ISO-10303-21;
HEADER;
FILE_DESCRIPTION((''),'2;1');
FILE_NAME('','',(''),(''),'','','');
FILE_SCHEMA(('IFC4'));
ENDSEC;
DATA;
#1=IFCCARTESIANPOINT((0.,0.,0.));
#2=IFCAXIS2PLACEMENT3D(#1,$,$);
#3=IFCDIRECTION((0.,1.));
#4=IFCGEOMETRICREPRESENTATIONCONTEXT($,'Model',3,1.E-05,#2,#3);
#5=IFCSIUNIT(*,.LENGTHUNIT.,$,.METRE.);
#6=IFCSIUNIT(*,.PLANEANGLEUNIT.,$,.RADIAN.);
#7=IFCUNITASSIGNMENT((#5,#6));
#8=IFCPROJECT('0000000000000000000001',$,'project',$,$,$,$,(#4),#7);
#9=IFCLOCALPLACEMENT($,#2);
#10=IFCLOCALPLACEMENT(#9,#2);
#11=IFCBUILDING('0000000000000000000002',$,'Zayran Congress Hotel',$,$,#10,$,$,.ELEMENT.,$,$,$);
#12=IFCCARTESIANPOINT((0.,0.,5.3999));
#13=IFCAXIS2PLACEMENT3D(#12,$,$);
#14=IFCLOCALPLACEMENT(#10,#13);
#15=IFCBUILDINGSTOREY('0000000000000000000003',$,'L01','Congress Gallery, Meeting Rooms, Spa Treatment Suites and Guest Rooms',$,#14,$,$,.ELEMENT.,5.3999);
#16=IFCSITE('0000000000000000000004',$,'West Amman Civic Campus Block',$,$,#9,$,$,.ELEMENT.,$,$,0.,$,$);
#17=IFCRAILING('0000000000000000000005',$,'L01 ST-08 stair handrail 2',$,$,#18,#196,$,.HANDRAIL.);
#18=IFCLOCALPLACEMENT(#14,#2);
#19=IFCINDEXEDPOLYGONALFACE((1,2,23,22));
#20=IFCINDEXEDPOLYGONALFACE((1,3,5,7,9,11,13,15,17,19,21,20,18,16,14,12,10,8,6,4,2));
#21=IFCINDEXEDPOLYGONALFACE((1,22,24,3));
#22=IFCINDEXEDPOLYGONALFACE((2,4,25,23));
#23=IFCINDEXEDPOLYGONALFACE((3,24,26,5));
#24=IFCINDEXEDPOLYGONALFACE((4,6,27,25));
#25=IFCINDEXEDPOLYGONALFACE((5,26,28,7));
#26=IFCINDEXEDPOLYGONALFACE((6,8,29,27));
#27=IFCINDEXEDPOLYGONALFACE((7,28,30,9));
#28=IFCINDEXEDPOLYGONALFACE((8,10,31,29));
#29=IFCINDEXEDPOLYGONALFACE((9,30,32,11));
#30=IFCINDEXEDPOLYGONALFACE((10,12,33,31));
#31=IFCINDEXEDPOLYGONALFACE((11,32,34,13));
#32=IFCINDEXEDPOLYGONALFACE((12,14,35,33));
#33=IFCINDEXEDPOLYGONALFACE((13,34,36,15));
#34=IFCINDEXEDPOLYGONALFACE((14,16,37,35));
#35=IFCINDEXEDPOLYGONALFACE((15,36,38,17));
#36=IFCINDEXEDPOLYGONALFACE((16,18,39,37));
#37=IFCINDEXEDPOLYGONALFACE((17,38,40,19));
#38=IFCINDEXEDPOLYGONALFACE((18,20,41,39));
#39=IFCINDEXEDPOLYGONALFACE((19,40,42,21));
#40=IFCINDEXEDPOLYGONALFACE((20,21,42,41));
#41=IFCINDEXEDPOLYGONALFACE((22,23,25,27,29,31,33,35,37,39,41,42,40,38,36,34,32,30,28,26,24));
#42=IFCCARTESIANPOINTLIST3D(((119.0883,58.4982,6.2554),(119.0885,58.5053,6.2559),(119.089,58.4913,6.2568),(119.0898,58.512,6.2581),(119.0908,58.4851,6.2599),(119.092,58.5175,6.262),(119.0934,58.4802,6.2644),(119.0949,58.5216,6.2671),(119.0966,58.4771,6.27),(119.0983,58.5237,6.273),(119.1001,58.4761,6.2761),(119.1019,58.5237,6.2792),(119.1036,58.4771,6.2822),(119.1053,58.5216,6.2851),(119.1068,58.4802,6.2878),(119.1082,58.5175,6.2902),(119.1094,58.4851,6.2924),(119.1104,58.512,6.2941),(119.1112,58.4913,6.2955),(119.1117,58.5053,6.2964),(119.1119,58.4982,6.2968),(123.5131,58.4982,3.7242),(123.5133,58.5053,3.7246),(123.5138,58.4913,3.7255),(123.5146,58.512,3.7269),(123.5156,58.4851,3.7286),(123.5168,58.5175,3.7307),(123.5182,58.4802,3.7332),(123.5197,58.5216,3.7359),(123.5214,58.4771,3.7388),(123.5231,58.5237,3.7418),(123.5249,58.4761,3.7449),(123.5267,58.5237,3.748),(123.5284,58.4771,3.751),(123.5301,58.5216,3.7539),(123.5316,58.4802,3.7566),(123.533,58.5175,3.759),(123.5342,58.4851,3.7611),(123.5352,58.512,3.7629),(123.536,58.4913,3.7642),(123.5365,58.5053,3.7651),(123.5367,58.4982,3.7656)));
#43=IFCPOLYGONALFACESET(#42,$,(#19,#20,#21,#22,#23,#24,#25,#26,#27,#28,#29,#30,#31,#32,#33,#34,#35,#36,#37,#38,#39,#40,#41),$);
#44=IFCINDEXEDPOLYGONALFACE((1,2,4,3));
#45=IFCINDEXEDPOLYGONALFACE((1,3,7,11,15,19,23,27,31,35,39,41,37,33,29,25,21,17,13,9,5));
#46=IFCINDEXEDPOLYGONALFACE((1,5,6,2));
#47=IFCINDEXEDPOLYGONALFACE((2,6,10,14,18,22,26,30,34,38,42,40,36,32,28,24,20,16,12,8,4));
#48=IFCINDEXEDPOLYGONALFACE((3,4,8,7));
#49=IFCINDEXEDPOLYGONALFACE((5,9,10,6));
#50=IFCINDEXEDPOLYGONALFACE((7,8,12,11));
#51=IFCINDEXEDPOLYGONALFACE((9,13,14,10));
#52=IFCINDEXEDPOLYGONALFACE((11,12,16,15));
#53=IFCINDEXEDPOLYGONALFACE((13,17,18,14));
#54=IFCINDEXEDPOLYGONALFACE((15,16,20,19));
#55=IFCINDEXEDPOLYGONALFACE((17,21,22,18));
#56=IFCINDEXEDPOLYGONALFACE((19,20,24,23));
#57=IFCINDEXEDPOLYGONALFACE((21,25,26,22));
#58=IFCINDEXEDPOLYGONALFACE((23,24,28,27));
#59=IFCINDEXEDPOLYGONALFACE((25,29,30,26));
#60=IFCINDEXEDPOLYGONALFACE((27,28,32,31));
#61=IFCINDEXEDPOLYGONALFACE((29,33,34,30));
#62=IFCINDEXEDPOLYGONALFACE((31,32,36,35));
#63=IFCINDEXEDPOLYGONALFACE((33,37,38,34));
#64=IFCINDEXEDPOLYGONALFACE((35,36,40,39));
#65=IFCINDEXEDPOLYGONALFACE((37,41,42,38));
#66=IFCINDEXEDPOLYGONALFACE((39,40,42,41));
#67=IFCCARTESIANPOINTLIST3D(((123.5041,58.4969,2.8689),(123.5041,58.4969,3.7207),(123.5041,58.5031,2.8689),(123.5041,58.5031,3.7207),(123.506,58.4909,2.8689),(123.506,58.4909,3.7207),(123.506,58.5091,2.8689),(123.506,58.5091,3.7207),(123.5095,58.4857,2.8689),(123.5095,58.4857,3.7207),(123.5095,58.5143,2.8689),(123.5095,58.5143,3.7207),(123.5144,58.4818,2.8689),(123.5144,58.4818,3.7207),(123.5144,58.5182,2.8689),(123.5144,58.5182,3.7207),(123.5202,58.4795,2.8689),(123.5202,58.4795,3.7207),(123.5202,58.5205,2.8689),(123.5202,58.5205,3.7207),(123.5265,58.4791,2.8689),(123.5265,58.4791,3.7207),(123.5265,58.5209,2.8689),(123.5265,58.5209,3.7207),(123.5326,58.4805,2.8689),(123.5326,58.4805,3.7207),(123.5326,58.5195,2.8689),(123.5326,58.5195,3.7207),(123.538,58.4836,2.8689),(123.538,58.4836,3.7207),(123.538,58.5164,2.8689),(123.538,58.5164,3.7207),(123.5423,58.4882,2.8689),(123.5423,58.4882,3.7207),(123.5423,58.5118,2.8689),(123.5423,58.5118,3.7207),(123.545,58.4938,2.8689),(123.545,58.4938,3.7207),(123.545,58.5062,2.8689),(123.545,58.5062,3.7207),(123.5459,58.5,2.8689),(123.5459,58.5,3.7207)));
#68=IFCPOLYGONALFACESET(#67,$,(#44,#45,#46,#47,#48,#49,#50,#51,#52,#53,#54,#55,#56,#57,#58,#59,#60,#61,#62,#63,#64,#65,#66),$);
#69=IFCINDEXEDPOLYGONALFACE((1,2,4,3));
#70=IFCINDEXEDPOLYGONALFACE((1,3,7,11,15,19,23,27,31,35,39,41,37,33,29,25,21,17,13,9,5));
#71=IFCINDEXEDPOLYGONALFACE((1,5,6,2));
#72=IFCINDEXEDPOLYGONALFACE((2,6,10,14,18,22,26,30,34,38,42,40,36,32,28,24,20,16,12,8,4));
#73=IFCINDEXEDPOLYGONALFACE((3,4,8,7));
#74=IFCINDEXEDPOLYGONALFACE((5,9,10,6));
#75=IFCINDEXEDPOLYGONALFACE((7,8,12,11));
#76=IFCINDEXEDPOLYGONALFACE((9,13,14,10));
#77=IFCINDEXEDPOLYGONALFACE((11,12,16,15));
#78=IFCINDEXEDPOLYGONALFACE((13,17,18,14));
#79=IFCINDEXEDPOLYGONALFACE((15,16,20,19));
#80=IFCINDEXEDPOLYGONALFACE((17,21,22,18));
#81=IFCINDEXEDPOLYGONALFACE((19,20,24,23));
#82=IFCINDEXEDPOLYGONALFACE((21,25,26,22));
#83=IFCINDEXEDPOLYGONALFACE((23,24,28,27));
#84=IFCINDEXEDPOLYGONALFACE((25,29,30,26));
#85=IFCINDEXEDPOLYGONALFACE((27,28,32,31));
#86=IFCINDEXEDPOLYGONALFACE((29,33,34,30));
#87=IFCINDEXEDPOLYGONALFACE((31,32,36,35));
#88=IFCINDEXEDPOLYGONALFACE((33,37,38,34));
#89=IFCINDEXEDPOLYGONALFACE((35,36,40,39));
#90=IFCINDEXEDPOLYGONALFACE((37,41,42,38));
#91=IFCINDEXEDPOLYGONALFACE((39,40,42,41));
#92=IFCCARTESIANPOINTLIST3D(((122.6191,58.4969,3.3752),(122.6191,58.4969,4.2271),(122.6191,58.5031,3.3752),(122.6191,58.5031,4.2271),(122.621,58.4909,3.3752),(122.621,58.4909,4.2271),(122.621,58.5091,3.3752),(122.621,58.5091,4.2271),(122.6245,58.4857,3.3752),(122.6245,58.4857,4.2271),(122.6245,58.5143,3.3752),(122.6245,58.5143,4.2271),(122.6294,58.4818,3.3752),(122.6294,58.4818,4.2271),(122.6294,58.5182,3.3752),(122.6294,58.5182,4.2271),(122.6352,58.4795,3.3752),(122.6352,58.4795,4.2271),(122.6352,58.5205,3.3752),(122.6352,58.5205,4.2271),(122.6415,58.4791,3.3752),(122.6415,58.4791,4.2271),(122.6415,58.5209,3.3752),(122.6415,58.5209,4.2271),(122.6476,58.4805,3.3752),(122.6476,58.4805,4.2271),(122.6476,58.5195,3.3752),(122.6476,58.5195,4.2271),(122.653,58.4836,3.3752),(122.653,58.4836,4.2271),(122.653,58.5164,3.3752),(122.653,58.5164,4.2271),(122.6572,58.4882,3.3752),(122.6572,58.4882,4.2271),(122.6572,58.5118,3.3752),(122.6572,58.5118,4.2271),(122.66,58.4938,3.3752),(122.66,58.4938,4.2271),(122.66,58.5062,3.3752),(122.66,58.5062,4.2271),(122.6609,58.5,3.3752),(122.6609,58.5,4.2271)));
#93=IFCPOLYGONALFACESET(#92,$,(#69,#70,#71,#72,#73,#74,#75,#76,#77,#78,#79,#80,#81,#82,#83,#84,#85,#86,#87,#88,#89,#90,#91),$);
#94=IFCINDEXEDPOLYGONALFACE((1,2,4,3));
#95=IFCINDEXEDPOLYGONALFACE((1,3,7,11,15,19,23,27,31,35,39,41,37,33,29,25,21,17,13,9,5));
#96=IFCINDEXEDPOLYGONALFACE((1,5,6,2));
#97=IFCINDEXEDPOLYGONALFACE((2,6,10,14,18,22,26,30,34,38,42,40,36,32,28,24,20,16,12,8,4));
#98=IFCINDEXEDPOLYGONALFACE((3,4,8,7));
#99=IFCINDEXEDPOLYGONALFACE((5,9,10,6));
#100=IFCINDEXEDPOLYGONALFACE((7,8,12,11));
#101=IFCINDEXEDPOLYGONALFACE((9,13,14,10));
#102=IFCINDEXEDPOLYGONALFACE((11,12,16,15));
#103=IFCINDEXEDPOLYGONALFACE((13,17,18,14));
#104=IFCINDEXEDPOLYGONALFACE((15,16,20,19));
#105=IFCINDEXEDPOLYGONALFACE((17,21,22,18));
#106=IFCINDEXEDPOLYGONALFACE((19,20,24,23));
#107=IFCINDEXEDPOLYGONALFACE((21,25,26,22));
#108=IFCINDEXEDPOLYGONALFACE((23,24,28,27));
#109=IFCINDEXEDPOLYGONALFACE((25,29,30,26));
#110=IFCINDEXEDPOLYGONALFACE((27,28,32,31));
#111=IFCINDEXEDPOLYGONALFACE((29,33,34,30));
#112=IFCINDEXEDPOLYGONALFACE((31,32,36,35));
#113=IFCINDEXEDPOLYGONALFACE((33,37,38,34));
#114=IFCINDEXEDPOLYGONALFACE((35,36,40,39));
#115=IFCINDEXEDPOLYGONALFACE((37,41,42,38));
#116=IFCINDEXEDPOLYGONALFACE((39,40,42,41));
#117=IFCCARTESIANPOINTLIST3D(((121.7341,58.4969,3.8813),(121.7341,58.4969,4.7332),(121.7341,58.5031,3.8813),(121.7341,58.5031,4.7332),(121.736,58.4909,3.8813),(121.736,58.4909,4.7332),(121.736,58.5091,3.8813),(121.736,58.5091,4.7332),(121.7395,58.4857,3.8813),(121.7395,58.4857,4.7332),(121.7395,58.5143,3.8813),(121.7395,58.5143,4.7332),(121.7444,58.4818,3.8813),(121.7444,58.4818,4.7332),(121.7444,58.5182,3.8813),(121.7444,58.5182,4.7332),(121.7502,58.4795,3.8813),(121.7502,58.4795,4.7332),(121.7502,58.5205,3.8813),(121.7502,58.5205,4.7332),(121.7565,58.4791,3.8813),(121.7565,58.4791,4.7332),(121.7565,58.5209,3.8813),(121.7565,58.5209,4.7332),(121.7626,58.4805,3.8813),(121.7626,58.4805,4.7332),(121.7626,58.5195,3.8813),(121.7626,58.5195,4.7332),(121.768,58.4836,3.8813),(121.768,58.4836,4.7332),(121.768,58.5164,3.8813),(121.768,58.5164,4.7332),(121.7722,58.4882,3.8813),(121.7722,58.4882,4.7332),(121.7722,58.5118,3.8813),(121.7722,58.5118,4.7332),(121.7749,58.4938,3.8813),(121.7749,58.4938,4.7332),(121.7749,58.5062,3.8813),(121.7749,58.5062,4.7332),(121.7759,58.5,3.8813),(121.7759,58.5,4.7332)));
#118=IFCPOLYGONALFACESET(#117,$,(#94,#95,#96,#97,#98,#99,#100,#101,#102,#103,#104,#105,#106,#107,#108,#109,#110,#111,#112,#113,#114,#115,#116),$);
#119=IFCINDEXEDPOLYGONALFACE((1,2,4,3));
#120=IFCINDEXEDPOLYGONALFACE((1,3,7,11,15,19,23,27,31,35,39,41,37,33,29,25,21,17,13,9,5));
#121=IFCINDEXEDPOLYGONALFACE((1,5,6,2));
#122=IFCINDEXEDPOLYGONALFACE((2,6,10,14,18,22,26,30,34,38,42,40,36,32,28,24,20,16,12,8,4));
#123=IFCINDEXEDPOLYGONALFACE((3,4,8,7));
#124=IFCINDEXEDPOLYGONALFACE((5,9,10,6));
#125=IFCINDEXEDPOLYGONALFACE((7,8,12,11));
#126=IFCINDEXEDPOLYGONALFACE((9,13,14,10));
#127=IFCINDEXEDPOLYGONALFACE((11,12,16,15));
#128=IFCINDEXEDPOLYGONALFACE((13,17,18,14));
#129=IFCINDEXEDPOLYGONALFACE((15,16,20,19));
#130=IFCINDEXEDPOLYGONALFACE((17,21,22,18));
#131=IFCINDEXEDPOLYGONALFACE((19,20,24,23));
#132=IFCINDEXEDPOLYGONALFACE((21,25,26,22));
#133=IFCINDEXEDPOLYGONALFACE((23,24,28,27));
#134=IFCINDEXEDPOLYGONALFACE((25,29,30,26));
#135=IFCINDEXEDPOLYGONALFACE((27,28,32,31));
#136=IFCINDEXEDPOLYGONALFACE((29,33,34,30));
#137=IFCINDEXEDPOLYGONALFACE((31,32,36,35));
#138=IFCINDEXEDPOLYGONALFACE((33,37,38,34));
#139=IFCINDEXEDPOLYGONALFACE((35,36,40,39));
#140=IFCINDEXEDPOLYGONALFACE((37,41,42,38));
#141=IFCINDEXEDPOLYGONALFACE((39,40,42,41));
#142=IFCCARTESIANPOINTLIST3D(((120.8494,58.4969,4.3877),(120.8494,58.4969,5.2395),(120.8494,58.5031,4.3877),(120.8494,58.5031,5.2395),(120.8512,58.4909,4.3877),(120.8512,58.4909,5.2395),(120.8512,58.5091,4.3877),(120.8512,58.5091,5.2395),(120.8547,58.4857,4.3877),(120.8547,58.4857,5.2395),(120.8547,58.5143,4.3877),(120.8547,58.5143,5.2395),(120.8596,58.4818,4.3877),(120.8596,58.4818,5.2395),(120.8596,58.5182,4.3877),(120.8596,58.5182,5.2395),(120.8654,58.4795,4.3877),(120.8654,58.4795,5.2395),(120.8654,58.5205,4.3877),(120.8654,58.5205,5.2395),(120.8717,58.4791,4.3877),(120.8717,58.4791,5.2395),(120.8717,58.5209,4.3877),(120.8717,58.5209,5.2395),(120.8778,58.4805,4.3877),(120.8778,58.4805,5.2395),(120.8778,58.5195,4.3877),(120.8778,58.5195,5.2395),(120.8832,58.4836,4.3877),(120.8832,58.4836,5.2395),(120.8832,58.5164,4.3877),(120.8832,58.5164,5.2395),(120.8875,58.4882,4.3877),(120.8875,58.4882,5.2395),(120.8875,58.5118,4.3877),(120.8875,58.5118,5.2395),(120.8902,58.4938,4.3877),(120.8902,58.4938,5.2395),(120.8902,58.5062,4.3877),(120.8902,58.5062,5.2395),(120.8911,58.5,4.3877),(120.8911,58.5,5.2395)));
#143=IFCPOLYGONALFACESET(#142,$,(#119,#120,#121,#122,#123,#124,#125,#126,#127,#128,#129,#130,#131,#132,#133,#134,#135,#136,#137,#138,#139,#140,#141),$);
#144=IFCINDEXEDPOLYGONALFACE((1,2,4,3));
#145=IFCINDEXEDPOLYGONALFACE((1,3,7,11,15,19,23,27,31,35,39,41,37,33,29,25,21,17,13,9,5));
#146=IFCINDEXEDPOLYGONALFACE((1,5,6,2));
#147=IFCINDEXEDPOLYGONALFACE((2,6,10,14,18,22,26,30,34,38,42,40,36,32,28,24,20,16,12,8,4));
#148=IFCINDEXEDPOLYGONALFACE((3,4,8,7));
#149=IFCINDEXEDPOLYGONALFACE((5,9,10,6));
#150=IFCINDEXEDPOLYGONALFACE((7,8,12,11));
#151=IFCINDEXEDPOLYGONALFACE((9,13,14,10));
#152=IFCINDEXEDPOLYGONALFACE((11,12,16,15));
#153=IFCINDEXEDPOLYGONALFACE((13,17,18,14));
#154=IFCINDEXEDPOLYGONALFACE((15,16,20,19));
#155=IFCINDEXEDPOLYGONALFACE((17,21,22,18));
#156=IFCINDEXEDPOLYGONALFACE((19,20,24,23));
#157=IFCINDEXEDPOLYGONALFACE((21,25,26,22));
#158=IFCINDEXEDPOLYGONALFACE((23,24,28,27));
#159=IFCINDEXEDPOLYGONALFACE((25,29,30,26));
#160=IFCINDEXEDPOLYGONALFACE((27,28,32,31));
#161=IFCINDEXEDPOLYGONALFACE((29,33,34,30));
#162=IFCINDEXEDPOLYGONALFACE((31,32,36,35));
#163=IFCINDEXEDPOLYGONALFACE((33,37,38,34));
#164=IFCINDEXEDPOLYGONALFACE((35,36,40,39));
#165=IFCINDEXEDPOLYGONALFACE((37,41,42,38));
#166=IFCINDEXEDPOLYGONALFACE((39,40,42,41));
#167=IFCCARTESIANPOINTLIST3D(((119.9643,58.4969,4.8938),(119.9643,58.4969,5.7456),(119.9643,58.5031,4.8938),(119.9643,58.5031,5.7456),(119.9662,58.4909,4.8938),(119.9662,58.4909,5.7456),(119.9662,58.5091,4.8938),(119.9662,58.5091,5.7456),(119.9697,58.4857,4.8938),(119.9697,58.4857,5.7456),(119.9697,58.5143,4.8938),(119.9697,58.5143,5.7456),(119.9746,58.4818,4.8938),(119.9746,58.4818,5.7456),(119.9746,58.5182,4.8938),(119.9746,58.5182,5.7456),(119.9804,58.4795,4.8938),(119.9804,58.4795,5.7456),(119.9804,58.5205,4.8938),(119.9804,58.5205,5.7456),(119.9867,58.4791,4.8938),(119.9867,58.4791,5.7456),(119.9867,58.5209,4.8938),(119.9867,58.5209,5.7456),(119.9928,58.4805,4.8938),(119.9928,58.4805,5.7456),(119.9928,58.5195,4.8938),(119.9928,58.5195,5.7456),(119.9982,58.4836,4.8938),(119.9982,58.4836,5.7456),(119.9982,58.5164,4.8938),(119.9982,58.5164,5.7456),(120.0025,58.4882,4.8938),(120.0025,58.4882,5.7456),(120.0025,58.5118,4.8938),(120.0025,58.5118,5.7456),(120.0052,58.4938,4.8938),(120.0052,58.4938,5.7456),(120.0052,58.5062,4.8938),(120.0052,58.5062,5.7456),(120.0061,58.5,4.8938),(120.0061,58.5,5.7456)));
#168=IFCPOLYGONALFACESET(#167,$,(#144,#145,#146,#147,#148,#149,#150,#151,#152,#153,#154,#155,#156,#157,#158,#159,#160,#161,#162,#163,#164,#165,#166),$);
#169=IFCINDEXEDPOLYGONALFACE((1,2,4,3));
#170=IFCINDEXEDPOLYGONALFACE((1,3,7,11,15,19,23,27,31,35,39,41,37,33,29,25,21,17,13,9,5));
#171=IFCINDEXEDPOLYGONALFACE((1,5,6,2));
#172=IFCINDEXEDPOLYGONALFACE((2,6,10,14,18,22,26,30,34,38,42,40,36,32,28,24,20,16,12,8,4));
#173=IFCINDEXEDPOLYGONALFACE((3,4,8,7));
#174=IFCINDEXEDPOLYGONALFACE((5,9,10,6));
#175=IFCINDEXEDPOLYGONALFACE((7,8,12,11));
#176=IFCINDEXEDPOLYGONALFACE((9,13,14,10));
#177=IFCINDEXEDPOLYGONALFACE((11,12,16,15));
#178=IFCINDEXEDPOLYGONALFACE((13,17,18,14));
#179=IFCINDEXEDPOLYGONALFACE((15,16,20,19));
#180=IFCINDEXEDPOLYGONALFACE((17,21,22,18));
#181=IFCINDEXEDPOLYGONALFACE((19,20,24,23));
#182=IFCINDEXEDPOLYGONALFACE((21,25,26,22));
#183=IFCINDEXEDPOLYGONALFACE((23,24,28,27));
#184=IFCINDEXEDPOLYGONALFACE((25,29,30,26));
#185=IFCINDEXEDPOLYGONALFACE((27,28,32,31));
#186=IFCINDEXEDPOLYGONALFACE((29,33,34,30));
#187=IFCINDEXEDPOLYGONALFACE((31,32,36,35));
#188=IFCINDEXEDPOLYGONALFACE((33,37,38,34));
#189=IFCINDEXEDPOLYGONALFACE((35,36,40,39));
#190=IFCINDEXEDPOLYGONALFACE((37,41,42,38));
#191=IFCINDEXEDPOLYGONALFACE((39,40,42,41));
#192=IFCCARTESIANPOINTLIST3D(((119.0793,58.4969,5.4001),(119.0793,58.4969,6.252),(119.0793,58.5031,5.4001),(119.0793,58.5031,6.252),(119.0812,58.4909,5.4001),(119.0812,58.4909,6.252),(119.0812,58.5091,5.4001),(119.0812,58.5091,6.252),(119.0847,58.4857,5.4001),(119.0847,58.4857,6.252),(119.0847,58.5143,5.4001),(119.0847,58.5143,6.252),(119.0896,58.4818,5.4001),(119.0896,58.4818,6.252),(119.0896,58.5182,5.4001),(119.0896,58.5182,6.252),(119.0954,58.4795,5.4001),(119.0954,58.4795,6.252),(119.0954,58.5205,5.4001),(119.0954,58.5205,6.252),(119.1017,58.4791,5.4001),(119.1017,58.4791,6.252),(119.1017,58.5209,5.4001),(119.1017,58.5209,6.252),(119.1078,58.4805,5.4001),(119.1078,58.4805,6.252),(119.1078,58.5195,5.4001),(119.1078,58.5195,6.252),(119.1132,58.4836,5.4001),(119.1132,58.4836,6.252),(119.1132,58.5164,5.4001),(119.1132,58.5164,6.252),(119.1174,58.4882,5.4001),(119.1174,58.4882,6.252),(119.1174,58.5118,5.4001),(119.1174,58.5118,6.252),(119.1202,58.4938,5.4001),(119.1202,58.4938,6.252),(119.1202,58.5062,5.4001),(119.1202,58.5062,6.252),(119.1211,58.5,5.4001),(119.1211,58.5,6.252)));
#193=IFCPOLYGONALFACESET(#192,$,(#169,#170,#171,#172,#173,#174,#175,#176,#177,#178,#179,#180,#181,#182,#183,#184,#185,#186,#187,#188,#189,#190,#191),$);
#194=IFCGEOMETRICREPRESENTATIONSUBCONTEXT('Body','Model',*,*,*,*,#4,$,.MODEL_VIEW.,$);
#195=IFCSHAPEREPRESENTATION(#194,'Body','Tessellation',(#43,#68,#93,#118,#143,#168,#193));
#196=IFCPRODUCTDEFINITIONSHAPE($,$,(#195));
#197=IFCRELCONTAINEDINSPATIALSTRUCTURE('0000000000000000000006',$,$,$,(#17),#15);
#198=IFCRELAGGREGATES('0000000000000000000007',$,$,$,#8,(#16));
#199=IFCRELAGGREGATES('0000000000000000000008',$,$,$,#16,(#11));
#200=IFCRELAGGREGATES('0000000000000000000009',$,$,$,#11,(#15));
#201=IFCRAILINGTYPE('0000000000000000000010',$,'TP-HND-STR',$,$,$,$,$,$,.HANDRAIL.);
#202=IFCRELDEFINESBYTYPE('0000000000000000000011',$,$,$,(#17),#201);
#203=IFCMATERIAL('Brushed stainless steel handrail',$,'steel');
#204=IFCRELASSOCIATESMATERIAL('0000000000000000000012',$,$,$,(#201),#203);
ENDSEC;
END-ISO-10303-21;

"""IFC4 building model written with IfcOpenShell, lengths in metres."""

from ifc_helpers import new_model, si_unit, direction, frame, origin, origin_2d, place, context, subcontext, project, spatial, circle, extrude, material, type_object, element, save


model = new_model("IFC4")

# Units and contexts
model_context = context("Model", 3, precision=1e-05, world=origin(), true_north=direction((0.0, 1.0)))
body_context = subcontext(model_context, "Body", "Model", "MODEL_VIEW")
ifc_project = project(units=[si_unit("LENGTHUNIT", "METRE"), si_unit("PLANEANGLEUNIT", "RADIAN")], contexts=[model_context])

# Site, building, storey
site_placement = place(None, origin())
site = spatial("IfcSite", under=ifc_project, at=site_placement, Name="West Amman Civic Campus Block", CompositionType="ELEMENT", RefElevation=0.0)
building_placement = place(site_placement, origin())
building = spatial("IfcBuilding", under=site, at=building_placement, Name="Zayran Congress Hotel", CompositionType="ELEMENT")
storey_placement = place(building_placement, frame((0.0, 0.0, 5.3999)))
storey = spatial("IfcBuildingStorey", under=building, at=storey_placement, Name="L01", Description="Congress Gallery, Meeting Rooms, Spa Treatment Suites and Guest Rooms", CompositionType="ELEMENT", Elevation=5.3999)

# Railing
ifc_material_1 = material(Name="Brushed stainless steel handrail", Category="steel")
railing_type_1 = type_object("IfcRailingType", Name="TP-HND-STR", PredefinedType="HANDRAIL", material=ifc_material_1)
railing_1_placement = place(storey_placement, frame((123.5249, 58.5, 2.8689)))
element("IfcRailing", 1, at=railing_1_placement, inside=storey, type_object=railing_type_1, Name="L01 ST-08 stair handrail 2", PredefinedType="HANDRAIL", context=body_context, shape_type="SweptSolid", body=[
    extrude(circle(Radius=0.0239, at=origin_2d()), frame((0.0, 0.0, 0.876), z_axis=(-0.868007, 0.0, 0.496551), x_axis=(0.0, -1.0, 0.0)), (0.0, 0.0, 1.0), 5.0977),
    extrude(circle(Radius=0.021, at=origin_2d()), origin(), (0.0, 0.0, 1.0), 0.8518),
    extrude(circle(Radius=0.021, at=origin_2d()), frame((-0.885, 0.0, 0.5063)), (0.0, 0.0, 1.0), 0.8518),
    extrude(circle(Radius=0.021, at=origin_2d()), frame((-1.77, 0.0, 1.0125)), (0.0, 0.0, 1.0), 0.8518),
    extrude(circle(Radius=0.021, at=origin_2d()), frame((-2.6548, 0.0, 1.5188)), (0.0, 0.0, 1.0), 0.8518),
    extrude(circle(Radius=0.021, at=origin_2d()), frame((-3.5398, 0.0, 2.0249)), (0.0, 0.0, 1.0), 0.8518),
    extrude(circle(Radius=0.021, at=origin_2d()), frame((-4.4248, 0.0, 2.5312)), (0.0, 0.0, 1.0), 0.8518),
])

save(model, "model.ifc")
